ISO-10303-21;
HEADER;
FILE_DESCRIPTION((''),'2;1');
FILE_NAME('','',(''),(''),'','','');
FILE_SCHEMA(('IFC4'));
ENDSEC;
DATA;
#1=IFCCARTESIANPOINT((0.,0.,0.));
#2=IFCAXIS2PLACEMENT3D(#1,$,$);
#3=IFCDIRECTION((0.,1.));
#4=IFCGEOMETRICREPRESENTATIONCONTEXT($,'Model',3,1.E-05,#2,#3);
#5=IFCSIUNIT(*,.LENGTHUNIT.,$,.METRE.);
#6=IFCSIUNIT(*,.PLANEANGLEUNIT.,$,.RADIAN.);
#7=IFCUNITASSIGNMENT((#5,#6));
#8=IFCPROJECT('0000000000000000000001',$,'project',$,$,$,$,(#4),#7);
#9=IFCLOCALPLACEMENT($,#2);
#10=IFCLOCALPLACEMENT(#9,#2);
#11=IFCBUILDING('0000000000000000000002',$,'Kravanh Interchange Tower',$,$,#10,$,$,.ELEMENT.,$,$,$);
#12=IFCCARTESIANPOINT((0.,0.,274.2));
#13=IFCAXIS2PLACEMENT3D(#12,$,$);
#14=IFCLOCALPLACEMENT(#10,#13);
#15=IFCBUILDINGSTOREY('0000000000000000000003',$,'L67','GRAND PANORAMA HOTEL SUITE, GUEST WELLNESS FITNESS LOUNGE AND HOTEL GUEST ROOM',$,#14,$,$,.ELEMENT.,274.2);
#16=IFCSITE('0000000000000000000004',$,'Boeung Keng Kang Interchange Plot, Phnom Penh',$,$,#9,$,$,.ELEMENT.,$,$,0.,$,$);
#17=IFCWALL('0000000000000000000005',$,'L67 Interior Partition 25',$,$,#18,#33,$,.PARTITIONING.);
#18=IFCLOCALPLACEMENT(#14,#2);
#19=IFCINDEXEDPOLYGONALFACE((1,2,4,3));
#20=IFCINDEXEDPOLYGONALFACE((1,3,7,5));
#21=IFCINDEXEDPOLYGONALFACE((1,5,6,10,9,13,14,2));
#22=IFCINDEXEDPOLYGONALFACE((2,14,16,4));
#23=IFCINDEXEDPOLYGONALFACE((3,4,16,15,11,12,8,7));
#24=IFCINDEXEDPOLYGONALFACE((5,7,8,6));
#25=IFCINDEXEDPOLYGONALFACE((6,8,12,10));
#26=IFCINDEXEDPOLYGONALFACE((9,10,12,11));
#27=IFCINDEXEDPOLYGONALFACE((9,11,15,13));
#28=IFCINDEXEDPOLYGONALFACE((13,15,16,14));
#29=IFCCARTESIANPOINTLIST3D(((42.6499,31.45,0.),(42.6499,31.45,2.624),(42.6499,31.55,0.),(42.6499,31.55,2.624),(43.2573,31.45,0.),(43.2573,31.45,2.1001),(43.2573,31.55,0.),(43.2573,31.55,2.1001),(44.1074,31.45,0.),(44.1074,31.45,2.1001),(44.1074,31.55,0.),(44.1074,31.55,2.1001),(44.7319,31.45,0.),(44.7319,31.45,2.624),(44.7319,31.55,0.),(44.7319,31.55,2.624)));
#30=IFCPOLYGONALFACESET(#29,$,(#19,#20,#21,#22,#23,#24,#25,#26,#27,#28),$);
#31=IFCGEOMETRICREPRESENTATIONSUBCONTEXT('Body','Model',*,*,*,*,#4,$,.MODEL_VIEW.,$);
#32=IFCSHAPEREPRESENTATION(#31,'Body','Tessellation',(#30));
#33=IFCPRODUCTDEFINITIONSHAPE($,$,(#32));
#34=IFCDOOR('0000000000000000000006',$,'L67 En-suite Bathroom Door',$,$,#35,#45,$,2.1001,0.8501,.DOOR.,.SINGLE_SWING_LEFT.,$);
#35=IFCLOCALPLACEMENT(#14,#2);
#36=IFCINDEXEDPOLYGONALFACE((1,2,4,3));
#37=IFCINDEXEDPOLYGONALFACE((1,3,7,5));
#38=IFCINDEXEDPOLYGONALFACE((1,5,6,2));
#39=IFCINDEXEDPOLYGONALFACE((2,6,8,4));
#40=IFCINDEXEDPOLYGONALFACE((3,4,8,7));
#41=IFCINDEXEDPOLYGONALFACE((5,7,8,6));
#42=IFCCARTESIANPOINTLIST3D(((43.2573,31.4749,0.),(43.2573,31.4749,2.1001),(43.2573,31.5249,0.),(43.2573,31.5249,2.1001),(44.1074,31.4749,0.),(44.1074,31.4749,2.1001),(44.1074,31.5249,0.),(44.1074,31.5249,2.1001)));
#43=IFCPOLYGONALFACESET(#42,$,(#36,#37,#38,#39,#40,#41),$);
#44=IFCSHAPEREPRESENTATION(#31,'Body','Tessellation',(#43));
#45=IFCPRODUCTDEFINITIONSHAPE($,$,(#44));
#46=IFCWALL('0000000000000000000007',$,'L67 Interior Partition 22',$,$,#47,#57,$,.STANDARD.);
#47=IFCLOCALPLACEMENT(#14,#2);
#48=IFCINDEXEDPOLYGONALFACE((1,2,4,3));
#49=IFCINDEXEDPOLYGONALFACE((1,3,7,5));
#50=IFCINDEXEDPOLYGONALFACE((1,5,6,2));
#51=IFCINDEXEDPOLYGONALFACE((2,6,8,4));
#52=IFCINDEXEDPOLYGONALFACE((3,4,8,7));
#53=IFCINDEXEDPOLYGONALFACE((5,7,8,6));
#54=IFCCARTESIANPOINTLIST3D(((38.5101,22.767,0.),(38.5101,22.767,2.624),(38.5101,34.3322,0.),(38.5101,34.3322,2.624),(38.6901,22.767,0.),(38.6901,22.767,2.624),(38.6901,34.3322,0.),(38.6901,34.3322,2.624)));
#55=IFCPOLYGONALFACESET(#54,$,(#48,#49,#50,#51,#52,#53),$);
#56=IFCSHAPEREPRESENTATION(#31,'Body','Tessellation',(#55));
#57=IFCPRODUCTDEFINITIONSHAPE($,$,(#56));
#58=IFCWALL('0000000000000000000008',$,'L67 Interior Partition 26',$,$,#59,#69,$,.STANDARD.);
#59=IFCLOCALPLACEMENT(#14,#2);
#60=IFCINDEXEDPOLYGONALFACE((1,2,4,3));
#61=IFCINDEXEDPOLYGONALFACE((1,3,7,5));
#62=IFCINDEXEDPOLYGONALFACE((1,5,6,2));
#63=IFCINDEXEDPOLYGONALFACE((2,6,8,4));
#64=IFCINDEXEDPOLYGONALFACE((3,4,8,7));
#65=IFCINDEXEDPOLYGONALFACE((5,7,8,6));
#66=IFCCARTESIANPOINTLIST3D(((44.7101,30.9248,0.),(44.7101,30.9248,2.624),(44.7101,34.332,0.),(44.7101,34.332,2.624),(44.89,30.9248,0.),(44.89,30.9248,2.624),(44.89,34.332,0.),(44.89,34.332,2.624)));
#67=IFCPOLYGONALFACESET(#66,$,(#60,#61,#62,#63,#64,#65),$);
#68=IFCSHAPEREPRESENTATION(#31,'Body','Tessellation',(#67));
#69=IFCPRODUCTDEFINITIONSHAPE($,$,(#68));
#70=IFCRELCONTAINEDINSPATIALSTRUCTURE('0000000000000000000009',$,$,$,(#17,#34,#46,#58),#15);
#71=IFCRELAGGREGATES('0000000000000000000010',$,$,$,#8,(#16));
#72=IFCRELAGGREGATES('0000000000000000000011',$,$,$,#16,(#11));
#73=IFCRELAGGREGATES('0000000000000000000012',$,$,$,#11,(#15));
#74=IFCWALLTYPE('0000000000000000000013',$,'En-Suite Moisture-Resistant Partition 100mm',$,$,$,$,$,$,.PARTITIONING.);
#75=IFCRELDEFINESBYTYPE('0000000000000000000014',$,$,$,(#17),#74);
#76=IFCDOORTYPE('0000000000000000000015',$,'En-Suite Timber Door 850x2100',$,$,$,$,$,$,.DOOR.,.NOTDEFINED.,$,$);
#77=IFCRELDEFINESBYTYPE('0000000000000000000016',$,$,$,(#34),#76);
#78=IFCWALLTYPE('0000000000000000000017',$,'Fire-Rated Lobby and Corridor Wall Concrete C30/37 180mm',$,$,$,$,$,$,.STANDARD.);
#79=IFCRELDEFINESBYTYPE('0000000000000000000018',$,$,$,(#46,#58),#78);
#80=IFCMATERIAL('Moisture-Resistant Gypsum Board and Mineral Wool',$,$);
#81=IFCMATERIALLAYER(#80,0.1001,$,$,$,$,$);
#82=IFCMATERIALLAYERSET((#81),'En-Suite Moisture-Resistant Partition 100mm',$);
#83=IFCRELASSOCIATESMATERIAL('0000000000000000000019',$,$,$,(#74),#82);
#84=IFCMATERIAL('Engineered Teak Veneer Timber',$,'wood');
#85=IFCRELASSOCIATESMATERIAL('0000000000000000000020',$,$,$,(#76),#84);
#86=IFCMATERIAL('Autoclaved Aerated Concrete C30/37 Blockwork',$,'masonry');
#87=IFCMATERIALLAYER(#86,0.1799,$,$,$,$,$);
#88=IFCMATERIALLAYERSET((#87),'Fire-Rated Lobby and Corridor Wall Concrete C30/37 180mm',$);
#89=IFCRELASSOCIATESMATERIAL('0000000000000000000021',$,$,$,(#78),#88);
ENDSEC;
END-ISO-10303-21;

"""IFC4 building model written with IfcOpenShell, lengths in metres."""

from ifc_helpers import new_model, si_unit, direction, frame, frame_2d, origin, place, context, subcontext, project, spatial, rectangle, extrude, material, layer, layer_set, type_object, element, fill, save


model = new_model("IFC4")

# Units and contexts
model_context = context("Model", 3, precision=1e-05, world=origin(), true_north=direction((0.0, 1.0)))
body_context = subcontext(model_context, "Body", "Model", "MODEL_VIEW")
ifc_project = project(units=[si_unit("LENGTHUNIT", "METRE"), si_unit("PLANEANGLEUNIT", "RADIAN")], contexts=[model_context])

# Site, building, storey
site_placement = place(None, origin())
site = spatial("IfcSite", under=ifc_project, at=site_placement, Name="Boeung Keng Kang Interchange Plot, Phnom Penh", CompositionType="ELEMENT", RefElevation=0.0)
building_placement = place(site_placement, origin())
building = spatial("IfcBuilding", under=site, at=building_placement, Name="Kravanh Interchange Tower", CompositionType="ELEMENT")
storey_placement = place(building_placement, frame((0.0, 0.0, 274.2)))
storey = spatial("IfcBuildingStorey", under=building, at=storey_placement, Name="L67", Description="GRAND PANORAMA HOTEL SUITE, GUEST WELLNESS FITNESS LOUNGE AND HOTEL GUEST ROOM", CompositionType="ELEMENT", Elevation=274.2)

# Shared definitions
ifc_material_1 = material(Name="Moisture-Resistant Gypsum Board and Mineral Wool")
ifc_layer_1 = layer(ifc_material_1, 0.1001)
ifc_layer_set_1 = layer_set([ifc_layer_1], Name="En-Suite Moisture-Resistant Partition 100mm")
wall_type_1 = type_object("IfcWallType", Name="En-Suite Moisture-Resistant Partition 100mm", PredefinedType="PARTITIONING", material=ifc_layer_set_1)

# Wall, opening, door
wall_1_placement = place(storey_placement, frame((42.6499, 31.5, 0.0), z_axis=(0.0, 0.0, 1.0), x_axis=(1.0, 0.0, 0.0)))
wall_1 = element("IfcWall", 1, at=wall_1_placement, inside=storey, type_object=wall_type_1, Name="L67 Interior Partition 25", PredefinedType="PARTITIONING", context=body_context, shape_type="SweptSolid", body=[
    extrude(rectangle(XDim=2.082, YDim=0.1001, at=frame_2d((1.041, 0.0))), origin(), (0.0, 0.0, 1.0), 2.624),
])
opening_1_placement = place(wall_1_placement, frame((0.6074, 0.0, 0.0)))
opening_1 = element("IfcOpeningElement", 2, at=opening_1_placement, cuts=wall_1, PredefinedType="OPENING", context=body_context, shape_type="SweptSolid", body=[
    extrude(rectangle(XDim=0.8501, YDim=2.1001, at=frame_2d((0.425, 1.05))), frame((0.0, 0.0601, 0.0), z_axis=(0.0, -1.0, 0.0), x_axis=(1.0, 0.0, 0.0)), (0.0, 0.0, 1.0), 0.1201),
])
ifc_material_2 = material(Name="Engineered Teak Veneer Timber", Category="wood")
door_type_1 = type_object("IfcDoorType", Name="En-Suite Timber Door 850x2100", OperationType="NOTDEFINED", PredefinedType="DOOR", material=ifc_material_2)
door_1_placement = place(opening_1_placement, origin())
door_1 = element("IfcDoor", 3, at=door_1_placement, inside=storey, type_object=door_type_1, Name="L67 En-suite Bathroom Door", OperationType="SINGLE_SWING_LEFT", OverallHeight=2.1001, OverallWidth=0.8501, PredefinedType="DOOR", context=body_context, shape_type="SweptSolid", body=[
    extrude(rectangle(XDim=0.8501, YDim=2.1001, at=frame_2d((0.425, 1.05))), frame((0.0, 0.0249, 0.0), z_axis=(0.0, -1.0, 0.0), x_axis=(1.0, 0.0, 0.0)), (0.0, 0.0, 1.0), 0.05),
])
fill(opening_1, door_1)

# Walls
ifc_material_3 = material(Name="Autoclaved Aerated Concrete C30/37 Blockwork", Category="masonry")
ifc_layer_2 = layer(ifc_material_3, 0.1799)
ifc_layer_set_2 = layer_set([ifc_layer_2], Name="Fire-Rated Lobby and Corridor Wall Concrete C30/37 180mm")
wall_type_2 = type_object("IfcWallType", Name="Fire-Rated Lobby and Corridor Wall Concrete C30/37 180mm", PredefinedType="STANDARD", material=ifc_layer_set_2)
wall_2_placement = place(storey_placement, frame((38.6001, 22.7668, 0.0), z_axis=(0.0, 0.0, 1.0), x_axis=(0.0, 1.0, 0.0)))
element("IfcWall", 4, at=wall_2_placement, inside=storey, type_object=wall_type_2, Name="L67 Interior Partition 22", PredefinedType="STANDARD", context=body_context, shape_type="SweptSolid", body=[
    extrude(rectangle(XDim=11.5652, YDim=0.1799, at=frame_2d((5.7827, 0.0))), origin(), (0.0, 0.0, 1.0), 2.624),
])
wall_3_placement = place(storey_placement, frame((44.8, 30.9248, 0.0), z_axis=(0.0, 0.0, 1.0), x_axis=(0.0, 1.0, 0.0)))
element("IfcWall", 5, at=wall_3_placement, inside=storey, type_object=wall_type_2, Name="L67 Interior Partition 26", PredefinedType="STANDARD", context=body_context, shape_type="SweptSolid", body=[
    extrude(rectangle(XDim=3.4072, YDim=0.1799, at=frame_2d((1.7036, 0.0))), origin(), (0.0, 0.0, 1.0), 2.624),
])

save(model, "model.ifc")
